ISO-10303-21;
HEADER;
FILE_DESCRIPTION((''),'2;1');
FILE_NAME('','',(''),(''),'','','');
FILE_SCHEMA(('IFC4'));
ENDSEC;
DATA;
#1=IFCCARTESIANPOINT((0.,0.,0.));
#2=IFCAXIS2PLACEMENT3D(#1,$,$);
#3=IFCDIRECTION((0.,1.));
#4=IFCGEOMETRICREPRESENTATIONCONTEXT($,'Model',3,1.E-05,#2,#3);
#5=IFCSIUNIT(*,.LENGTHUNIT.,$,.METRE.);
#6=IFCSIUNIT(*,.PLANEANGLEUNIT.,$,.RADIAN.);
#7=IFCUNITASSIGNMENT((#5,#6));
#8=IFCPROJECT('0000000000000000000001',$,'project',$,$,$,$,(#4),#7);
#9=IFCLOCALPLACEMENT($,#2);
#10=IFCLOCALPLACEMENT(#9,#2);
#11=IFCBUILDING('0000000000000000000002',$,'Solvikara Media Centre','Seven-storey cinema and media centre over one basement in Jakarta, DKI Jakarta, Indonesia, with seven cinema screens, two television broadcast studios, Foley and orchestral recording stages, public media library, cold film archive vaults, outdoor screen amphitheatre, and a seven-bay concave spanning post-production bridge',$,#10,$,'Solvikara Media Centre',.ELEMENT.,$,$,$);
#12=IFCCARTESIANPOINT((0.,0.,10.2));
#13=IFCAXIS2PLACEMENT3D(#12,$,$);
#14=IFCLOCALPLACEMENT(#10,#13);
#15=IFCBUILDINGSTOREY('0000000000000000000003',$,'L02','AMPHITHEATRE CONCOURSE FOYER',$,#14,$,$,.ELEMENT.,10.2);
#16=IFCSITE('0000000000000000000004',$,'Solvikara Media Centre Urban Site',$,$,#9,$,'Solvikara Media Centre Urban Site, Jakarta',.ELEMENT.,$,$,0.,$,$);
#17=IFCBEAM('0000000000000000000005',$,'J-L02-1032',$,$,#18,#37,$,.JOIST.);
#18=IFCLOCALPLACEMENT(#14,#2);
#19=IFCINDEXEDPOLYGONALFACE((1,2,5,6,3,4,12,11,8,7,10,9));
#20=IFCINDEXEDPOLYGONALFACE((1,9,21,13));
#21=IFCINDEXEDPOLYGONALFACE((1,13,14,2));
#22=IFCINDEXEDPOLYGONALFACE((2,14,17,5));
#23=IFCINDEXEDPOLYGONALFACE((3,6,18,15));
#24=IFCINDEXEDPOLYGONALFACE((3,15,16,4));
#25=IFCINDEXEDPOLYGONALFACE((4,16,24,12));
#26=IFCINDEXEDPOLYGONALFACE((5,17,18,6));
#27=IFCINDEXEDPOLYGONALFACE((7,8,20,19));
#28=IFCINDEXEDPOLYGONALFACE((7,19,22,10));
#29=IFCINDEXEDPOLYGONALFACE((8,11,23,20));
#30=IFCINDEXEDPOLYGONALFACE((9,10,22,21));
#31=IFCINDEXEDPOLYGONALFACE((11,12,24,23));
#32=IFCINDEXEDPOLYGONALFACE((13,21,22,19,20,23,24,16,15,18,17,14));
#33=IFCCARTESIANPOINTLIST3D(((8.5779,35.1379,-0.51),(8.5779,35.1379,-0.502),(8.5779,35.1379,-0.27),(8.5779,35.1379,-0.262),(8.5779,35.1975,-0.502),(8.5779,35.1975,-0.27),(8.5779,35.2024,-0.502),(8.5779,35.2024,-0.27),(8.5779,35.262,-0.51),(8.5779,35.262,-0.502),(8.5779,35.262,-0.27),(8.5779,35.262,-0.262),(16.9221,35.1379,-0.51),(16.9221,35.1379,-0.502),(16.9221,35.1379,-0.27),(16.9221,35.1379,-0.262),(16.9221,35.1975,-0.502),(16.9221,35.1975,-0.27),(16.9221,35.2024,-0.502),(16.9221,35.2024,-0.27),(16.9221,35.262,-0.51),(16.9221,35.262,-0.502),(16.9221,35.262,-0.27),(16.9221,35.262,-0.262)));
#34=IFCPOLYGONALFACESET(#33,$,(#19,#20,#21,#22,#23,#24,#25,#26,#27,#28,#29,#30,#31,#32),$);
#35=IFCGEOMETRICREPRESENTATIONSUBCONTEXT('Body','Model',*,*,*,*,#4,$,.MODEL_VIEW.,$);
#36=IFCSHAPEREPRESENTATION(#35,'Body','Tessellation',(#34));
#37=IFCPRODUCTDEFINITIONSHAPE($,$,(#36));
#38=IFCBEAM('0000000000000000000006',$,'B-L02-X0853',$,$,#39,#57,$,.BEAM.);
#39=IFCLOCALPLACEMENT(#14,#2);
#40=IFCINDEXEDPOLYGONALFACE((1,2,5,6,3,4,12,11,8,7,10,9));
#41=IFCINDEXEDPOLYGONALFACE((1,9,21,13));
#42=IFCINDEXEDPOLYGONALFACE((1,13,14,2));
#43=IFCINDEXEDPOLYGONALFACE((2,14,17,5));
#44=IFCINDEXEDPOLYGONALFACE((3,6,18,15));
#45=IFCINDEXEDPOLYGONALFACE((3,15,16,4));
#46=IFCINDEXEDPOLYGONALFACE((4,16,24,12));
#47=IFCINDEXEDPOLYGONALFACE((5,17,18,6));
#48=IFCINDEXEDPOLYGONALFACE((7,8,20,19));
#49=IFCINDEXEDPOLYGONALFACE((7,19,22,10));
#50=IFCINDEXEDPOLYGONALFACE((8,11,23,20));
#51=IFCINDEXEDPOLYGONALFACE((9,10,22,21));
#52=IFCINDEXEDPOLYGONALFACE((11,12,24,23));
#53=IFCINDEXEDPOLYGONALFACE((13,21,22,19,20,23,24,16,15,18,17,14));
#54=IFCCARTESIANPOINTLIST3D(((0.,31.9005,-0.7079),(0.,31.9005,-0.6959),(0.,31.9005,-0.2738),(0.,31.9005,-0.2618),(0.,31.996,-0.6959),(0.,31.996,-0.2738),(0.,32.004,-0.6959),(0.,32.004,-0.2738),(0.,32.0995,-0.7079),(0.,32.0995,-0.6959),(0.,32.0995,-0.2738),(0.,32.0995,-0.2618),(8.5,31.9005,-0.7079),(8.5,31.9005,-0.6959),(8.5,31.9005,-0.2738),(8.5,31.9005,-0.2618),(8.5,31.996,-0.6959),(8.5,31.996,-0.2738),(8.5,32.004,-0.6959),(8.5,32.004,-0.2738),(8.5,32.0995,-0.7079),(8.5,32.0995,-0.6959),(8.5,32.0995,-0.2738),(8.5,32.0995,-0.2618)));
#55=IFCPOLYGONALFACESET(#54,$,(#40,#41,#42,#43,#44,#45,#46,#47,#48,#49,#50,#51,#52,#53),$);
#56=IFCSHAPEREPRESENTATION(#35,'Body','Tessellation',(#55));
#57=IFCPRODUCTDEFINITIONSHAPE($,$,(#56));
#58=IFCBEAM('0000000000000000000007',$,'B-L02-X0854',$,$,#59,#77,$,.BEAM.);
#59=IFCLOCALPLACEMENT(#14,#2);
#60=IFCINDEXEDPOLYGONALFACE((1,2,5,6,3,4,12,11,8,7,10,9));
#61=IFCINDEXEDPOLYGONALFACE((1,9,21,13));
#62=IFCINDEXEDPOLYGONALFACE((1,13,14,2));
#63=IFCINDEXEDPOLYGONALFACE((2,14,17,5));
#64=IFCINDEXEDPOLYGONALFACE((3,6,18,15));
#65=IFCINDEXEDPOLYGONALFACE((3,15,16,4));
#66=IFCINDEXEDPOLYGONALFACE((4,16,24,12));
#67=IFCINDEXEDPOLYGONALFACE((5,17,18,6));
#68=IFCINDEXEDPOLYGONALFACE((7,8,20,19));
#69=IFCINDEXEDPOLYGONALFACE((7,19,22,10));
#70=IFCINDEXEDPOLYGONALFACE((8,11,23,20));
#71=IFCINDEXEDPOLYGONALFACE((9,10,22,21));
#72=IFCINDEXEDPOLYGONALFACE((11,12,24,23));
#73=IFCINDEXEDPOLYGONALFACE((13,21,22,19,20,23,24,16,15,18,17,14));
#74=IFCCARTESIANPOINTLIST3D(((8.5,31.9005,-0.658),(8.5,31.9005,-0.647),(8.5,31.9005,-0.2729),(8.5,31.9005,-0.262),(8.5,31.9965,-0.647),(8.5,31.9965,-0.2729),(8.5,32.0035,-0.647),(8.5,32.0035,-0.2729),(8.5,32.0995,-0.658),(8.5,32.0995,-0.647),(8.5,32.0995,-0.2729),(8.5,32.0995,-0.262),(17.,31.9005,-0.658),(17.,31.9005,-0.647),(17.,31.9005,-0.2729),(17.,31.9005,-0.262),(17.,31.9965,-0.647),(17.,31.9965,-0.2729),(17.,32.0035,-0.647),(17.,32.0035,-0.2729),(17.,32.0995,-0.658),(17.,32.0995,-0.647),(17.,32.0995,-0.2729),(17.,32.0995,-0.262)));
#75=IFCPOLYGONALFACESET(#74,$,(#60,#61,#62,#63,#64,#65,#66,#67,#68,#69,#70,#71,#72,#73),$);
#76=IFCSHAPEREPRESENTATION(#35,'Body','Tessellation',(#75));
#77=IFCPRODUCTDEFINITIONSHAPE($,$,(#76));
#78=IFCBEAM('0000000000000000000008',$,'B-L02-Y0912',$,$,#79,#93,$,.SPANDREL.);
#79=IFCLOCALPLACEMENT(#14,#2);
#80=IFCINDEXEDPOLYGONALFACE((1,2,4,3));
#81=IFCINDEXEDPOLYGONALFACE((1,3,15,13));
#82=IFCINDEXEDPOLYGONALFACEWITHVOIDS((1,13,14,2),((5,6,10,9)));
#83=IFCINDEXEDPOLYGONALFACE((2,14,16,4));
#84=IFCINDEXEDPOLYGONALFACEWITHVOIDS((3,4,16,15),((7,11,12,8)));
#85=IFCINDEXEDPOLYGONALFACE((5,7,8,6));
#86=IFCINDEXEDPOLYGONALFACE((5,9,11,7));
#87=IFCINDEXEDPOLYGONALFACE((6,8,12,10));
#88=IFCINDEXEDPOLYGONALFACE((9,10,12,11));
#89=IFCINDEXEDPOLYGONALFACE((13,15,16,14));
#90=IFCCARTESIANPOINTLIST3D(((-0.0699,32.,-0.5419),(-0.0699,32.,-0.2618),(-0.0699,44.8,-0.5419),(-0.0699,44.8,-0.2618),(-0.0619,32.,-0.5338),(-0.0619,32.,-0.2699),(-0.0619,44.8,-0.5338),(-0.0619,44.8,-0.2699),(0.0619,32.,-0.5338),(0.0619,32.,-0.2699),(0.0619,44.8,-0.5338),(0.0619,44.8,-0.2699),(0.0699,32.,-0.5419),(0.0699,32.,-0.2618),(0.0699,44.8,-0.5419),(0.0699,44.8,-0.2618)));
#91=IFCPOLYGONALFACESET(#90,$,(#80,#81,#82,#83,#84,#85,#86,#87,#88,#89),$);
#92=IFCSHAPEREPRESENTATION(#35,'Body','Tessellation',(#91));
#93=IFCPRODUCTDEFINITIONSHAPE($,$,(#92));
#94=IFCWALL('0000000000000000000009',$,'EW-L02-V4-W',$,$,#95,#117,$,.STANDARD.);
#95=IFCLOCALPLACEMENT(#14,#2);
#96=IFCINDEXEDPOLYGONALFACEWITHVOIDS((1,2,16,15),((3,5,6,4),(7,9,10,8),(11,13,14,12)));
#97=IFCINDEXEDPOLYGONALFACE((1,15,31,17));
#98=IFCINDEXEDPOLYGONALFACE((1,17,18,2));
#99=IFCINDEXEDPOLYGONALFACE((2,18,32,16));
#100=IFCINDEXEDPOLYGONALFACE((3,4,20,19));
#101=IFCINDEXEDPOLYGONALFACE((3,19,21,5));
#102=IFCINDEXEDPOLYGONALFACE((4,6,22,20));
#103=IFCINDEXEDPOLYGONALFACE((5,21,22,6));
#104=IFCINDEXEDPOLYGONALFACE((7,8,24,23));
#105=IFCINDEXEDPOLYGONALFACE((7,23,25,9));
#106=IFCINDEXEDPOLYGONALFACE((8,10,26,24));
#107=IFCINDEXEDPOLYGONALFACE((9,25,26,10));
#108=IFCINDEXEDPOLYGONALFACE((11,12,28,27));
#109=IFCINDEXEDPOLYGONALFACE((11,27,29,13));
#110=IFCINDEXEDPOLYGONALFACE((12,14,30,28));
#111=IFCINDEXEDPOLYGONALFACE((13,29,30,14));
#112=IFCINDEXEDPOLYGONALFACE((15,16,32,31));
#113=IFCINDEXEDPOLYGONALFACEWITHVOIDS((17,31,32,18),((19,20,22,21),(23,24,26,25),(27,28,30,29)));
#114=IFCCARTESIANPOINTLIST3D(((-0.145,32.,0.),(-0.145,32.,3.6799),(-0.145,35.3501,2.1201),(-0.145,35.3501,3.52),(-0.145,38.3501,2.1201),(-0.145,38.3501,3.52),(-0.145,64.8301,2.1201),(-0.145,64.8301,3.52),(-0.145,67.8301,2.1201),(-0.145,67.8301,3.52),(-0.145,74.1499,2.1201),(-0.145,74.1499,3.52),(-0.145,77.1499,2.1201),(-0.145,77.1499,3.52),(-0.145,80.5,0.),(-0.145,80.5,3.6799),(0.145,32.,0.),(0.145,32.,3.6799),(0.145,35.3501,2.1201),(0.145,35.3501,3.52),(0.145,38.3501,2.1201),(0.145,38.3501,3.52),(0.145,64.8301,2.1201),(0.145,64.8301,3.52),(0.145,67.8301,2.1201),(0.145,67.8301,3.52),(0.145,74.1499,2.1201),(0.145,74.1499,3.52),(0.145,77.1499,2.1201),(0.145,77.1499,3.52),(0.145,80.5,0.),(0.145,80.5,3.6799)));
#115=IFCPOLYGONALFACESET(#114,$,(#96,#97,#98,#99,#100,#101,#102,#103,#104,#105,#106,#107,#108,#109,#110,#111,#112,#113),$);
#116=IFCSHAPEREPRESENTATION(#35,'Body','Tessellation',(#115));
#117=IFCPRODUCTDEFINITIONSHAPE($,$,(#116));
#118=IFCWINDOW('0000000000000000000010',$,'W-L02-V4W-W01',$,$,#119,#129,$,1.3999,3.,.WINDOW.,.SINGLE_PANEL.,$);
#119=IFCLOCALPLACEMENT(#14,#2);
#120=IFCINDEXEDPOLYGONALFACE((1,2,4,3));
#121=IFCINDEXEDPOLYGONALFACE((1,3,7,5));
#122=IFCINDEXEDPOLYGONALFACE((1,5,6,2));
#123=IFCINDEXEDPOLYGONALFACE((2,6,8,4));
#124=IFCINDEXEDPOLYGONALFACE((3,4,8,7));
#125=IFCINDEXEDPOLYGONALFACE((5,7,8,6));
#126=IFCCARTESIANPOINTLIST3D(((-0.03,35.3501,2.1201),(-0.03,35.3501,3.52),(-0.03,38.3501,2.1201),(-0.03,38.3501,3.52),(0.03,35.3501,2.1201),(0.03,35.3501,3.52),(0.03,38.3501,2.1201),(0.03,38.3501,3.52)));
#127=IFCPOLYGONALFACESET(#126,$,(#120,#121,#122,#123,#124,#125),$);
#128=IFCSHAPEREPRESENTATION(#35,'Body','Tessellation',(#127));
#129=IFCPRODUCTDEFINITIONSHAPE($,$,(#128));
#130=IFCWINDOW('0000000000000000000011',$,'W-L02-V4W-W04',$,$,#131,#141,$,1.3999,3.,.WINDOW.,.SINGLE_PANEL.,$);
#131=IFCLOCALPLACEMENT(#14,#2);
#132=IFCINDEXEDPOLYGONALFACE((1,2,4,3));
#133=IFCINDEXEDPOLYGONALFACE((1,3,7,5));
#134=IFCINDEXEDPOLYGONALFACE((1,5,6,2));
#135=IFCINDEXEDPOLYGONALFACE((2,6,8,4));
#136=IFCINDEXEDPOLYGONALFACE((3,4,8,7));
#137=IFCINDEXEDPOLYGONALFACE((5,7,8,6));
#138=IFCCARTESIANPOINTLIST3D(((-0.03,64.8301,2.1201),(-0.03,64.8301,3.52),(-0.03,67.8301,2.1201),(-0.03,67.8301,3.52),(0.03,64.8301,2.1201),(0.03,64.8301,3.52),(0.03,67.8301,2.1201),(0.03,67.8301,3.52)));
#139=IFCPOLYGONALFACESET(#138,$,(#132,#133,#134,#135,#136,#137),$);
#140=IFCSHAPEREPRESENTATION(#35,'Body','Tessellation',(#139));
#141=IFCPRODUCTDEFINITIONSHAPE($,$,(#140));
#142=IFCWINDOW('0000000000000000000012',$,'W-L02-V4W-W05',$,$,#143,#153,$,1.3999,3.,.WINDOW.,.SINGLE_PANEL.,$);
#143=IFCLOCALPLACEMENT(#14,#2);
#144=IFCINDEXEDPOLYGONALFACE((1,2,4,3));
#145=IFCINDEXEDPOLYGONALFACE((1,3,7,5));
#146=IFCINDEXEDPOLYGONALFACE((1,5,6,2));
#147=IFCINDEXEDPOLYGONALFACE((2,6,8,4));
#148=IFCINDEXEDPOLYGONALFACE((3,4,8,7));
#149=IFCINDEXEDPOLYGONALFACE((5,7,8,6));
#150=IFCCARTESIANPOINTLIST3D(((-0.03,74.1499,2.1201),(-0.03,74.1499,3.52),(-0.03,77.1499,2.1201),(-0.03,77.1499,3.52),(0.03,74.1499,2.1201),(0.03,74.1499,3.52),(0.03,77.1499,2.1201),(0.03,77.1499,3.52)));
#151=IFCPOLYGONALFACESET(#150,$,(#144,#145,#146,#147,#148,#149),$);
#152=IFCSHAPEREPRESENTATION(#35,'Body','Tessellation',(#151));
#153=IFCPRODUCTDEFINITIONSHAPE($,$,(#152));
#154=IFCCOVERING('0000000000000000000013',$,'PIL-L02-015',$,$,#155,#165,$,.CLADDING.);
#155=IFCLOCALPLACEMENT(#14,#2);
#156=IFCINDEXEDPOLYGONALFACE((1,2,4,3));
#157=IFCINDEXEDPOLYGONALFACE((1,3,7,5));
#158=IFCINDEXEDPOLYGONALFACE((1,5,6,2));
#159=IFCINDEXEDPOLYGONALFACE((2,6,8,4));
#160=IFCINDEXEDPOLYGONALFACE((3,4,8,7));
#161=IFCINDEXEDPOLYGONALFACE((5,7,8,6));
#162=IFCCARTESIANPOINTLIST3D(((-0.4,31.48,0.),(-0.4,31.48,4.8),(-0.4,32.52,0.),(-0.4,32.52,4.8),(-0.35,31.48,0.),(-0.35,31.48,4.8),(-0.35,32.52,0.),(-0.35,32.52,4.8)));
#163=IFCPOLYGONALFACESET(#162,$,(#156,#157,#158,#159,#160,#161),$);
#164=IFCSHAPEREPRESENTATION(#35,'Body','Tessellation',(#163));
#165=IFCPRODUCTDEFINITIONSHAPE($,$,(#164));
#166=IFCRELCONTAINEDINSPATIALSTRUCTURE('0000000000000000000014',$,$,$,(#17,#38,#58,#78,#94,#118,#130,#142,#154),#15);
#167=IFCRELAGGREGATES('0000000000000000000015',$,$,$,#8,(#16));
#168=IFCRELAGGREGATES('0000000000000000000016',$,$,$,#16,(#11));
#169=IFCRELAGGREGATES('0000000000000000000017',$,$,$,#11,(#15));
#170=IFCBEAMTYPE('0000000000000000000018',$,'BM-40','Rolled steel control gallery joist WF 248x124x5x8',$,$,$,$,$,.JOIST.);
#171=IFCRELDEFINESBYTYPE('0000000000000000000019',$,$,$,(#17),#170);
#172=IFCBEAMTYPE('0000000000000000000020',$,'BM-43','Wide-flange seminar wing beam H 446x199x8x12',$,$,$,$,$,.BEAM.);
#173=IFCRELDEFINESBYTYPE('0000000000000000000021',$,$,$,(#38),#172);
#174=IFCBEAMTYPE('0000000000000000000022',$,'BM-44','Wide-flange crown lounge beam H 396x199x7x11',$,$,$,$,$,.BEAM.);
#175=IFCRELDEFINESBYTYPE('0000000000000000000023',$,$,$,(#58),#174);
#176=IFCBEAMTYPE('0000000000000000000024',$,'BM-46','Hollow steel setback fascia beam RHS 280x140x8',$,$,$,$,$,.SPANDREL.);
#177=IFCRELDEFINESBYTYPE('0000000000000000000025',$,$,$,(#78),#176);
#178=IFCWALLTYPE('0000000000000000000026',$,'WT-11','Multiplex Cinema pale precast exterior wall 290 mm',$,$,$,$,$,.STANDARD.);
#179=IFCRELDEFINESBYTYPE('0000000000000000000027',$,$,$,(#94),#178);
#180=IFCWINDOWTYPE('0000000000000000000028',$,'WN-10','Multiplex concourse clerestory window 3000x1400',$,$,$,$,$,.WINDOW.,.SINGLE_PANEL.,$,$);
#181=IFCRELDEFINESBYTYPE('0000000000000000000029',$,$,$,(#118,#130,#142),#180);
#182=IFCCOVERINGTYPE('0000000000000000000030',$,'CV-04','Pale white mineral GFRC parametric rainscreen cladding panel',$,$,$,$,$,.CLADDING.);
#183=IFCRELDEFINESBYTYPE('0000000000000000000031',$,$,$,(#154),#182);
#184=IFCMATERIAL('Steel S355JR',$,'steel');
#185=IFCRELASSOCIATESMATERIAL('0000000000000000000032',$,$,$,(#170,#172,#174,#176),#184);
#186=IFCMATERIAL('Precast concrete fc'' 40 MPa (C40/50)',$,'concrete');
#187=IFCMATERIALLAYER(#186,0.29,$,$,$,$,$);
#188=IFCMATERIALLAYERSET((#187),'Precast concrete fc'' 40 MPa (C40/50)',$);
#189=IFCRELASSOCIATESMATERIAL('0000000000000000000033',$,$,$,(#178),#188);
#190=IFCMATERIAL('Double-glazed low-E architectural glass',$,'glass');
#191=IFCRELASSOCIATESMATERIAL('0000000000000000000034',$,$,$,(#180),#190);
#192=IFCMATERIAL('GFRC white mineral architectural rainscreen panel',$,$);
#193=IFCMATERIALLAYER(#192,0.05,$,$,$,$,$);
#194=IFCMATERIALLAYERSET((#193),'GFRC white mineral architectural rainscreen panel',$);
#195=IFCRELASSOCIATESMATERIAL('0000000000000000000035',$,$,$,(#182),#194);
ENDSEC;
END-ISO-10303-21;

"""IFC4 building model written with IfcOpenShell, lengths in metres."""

from ifc_helpers import new_model, si_unit, direction, frame, frame_2d, origin, origin_2d, place, context, subcontext, project, spatial, rectangle, hollow_rectangle, i_section, extrude, material, layer, layer_set, material_profile, profile_set, type_object, element, fill, save


model = new_model("IFC4")

# Units and contexts
model_context = context("Model", 3, precision=1e-05, world=origin(), true_north=direction((0.0, 1.0)))
body_context = subcontext(model_context, "Body", "Model", "MODEL_VIEW")
ifc_project = project(units=[si_unit("LENGTHUNIT", "METRE"), si_unit("PLANEANGLEUNIT", "RADIAN")], contexts=[model_context])

# Site, building, storey
site_placement = place(None, origin())
site = spatial("IfcSite", under=ifc_project, at=site_placement, Name="Solvikara Media Centre Urban Site", LongName="Solvikara Media Centre Urban Site, Jakarta", CompositionType="ELEMENT", RefElevation=0.0)
building_placement = place(site_placement, origin())
building = spatial("IfcBuilding", under=site, at=building_placement, Name="Solvikara Media Centre", Description="Seven-storey cinema and media centre over one basement in Jakarta, DKI Jakarta, Indonesia, with seven cinema screens, two television broadcast studios, Foley and orchestral recording stages, public media library, cold film archive vaults, outdoor screen amphitheatre, and a seven-bay concave spanning post-production bridge", LongName="Solvikara Media Centre", CompositionType="ELEMENT")
storey_placement = place(building_placement, frame((0.0, 0.0, 10.2)))
storey = spatial("IfcBuildingStorey", under=building, at=storey_placement, Name="L02", Description="AMPHITHEATRE CONCOURSE FOYER", CompositionType="ELEMENT", Elevation=10.2)

# Beams
ifc_material_1 = material(Name="Steel S355JR", Category="steel")
ifc_material_profile_1 = material_profile(ifc_material_1, i_section(OverallWidth=0.124, OverallDepth=0.248, WebThickness=0.0049, FlangeThickness=0.0081, at=origin_2d()), Name="WF 248x124x5x8")
ifc_profile_set_1 = profile_set([ifc_material_profile_1], Name="Steel S355JR")
beam_type_1 = type_object("IfcBeamType", Name="BM-40", Description="Rolled steel control gallery joist WF 248x124x5x8", PredefinedType="JOIST", material=ifc_profile_set_1)
beam_1_placement = place(storey_placement, frame((8.5779, 35.2, -0.386), z_axis=(1.0, 0.0, 0.0), x_axis=(0.0, 1.0, 0.0)))
element("IfcBeam", 1, at=beam_1_placement, inside=storey, type_object=beam_type_1, Name="J-L02-1032", PredefinedType="JOIST", context=body_context, shape_type="SweptSolid", body=[
    extrude(i_section(OverallWidth=0.124, OverallDepth=0.248, WebThickness=0.0049, FlangeThickness=0.0081, at=origin_2d()), origin(), (0.0, 0.0, 1.0), 8.3442),
])
ifc_material_profile_2 = material_profile(ifc_material_1, i_section(OverallWidth=0.199, OverallDepth=0.446, WebThickness=0.0081, FlangeThickness=0.012, at=origin_2d()), Name="H 446x199x8x12")
ifc_profile_set_2 = profile_set([ifc_material_profile_2], Name="Steel S355JR")
beam_type_2 = type_object("IfcBeamType", Name="BM-43", Description="Wide-flange seminar wing beam H 446x199x8x12", PredefinedType="BEAM", material=ifc_profile_set_2)
beam_2_placement = place(storey_placement, frame((0.0, 32.0, -0.4849), z_axis=(1.0, 0.0, 0.0), x_axis=(0.0, 1.0, 0.0)))
element("IfcBeam", 2, at=beam_2_placement, inside=storey, type_object=beam_type_2, Name="B-L02-X0853", PredefinedType="BEAM", context=body_context, shape_type="SweptSolid", body=[
    extrude(i_section(OverallWidth=0.199, OverallDepth=0.446, WebThickness=0.0081, FlangeThickness=0.012, at=origin_2d()), origin(), (0.0, 0.0, 1.0), 8.5),
])
ifc_material_profile_3 = material_profile(ifc_material_1, i_section(OverallWidth=0.199, OverallDepth=0.396, WebThickness=0.0071, FlangeThickness=0.011, at=origin_2d()), Name="H 396x199x7x11")
ifc_profile_set_3 = profile_set([ifc_material_profile_3], Name="Steel S355JR")
beam_type_3 = type_object("IfcBeamType", Name="BM-44", Description="Wide-flange crown lounge beam H 396x199x7x11", PredefinedType="BEAM", material=ifc_profile_set_3)
beam_3_placement = place(storey_placement, frame((8.5, 32.0, -0.46), z_axis=(1.0, 0.0, 0.0), x_axis=(0.0, 1.0, 0.0)))
element("IfcBeam", 3, at=beam_3_placement, inside=storey, type_object=beam_type_3, Name="B-L02-X0854", PredefinedType="BEAM", context=body_context, shape_type="SweptSolid", body=[
    extrude(i_section(OverallWidth=0.199, OverallDepth=0.396, WebThickness=0.0071, FlangeThickness=0.011, at=origin_2d()), origin(), (0.0, 0.0, 1.0), 8.5),
])
ifc_material_profile_4 = material_profile(ifc_material_1, hollow_rectangle(XDim=0.1399, YDim=0.28, WallThickness=0.0081, at=origin_2d()), Name="RHS 280x140x8")
ifc_profile_set_4 = profile_set([ifc_material_profile_4], Name="Steel S355JR")
beam_type_4 = type_object("IfcBeamType", Name="BM-46", Description="Hollow steel setback fascia beam RHS 280x140x8", PredefinedType="SPANDREL", material=ifc_profile_set_4)
beam_4_placement = place(storey_placement, frame((0.0, 32.0, -0.4019), z_axis=(0.0, 1.0, 0.0), x_axis=(-1.0, 0.0, 0.0)))
element("IfcBeam", 4, at=beam_4_placement, inside=storey, type_object=beam_type_4, Name="B-L02-Y0912", PredefinedType="SPANDREL", context=body_context, shape_type="SweptSolid", body=[
    extrude(hollow_rectangle(XDim=0.1399, YDim=0.28, WallThickness=0.0081, at=origin_2d()), origin(), (0.0, 0.0, 1.0), 12.8),
])

# Wall, openings, windows
ifc_material_2 = material(Name="Precast concrete fc' 40 MPa (C40/50)", Category="concrete")
ifc_layer_1 = layer(ifc_material_2, 0.29)
ifc_layer_set_1 = layer_set([ifc_layer_1], Name="Precast concrete fc' 40 MPa (C40/50)")
wall_type = type_object("IfcWallType", Name="WT-11", Description="Multiplex Cinema pale precast exterior wall 290 mm", PredefinedType="STANDARD", material=ifc_layer_set_1)
wall_placement = place(storey_placement, frame((0.0, 32.0, 0.0), z_axis=(0.0, 0.0, 1.0), x_axis=(0.0, 1.0, 0.0)))
wall = element("IfcWall", 5, at=wall_placement, inside=storey, type_object=wall_type, Name="EW-L02-V4-W", PredefinedType="STANDARD", context=body_context, shape_type="SweptSolid", body=[
    extrude(rectangle(XDim=48.5, YDim=0.29, at=frame_2d((24.25, 0.0))), origin(), (0.0, 0.0, 1.0), 3.6799),
])
opening_1_placement = place(wall_placement, frame((3.3501, 0.0, 2.1201)))
opening_1 = element("IfcOpeningElement", 6, at=opening_1_placement, cuts=wall, PredefinedType="OPENING", context=body_context, shape_type="SweptSolid", body=[
    extrude(rectangle(XDim=3.0, YDim=1.3999, at=frame_2d((1.5, 0.7))), frame((0.0, 0.157, 0.0), z_axis=(0.0, -1.0, 0.0), x_axis=(1.0, 0.0, 0.0)), (0.0, 0.0, 1.0), 0.314),
])
opening_2_placement = place(wall_placement, frame((32.8301, 0.0, 2.1201)))
opening_2 = element("IfcOpeningElement", 7, at=opening_2_placement, cuts=wall, PredefinedType="OPENING", context=body_context, shape_type="SweptSolid", body=[
    extrude(rectangle(XDim=3.0, YDim=1.3999, at=frame_2d((1.5, 0.7))), frame((0.0, 0.157, 0.0), z_axis=(0.0, -1.0, 0.0), x_axis=(1.0, 0.0, 0.0)), (0.0, 0.0, 1.0), 0.314),
])
opening_3_placement = place(wall_placement, frame((42.1499, 0.0, 2.1201)))
opening_3 = element("IfcOpeningElement", 8, at=opening_3_placement, cuts=wall, PredefinedType="OPENING", context=body_context, shape_type="SweptSolid", body=[
    extrude(rectangle(XDim=3.0, YDim=1.3999, at=frame_2d((1.5, 0.7))), frame((0.0, 0.157, 0.0), z_axis=(0.0, -1.0, 0.0), x_axis=(1.0, 0.0, 0.0)), (0.0, 0.0, 1.0), 0.314),
])
ifc_material_3 = material(Name="Double-glazed low-E architectural glass", Category="glass")
window_type = type_object("IfcWindowType", Name="WN-10", Description="Multiplex concourse clerestory window 3000x1400", PartitioningType="SINGLE_PANEL", PredefinedType="WINDOW", material=ifc_material_3)
window_1_placement = place(opening_1_placement, origin())
window_1 = element("IfcWindow", 9, at=window_1_placement, inside=storey, type_object=window_type, Name="W-L02-V4W-W01", OverallHeight=1.3999, OverallWidth=3.0, PartitioningType="SINGLE_PANEL", PredefinedType="WINDOW", context=body_context, shape_type="SweptSolid", body=[
    extrude(rectangle(XDim=3.0, YDim=1.3999, at=frame_2d((1.5, 0.7))), frame((0.0, 0.03, 0.0), z_axis=(0.0, -1.0, 0.0), x_axis=(1.0, 0.0, 0.0)), (0.0, 0.0, 1.0), 0.0601),
])
fill(opening_1, window_1)
window_2_placement = place(opening_2_placement, origin())
window_2 = element("IfcWindow", 10, at=window_2_placement, inside=storey, type_object=window_type, Name="W-L02-V4W-W04", OverallHeight=1.3999, OverallWidth=3.0, PartitioningType="SINGLE_PANEL", PredefinedType="WINDOW", context=body_context, shape_type="SweptSolid", body=[
    extrude(rectangle(XDim=3.0, YDim=1.3999, at=frame_2d((1.5, 0.7))), frame((0.0, 0.03, 0.0), z_axis=(0.0, -1.0, 0.0), x_axis=(1.0, 0.0, 0.0)), (0.0, 0.0, 1.0), 0.0601),
])
fill(opening_2, window_2)
window_3_placement = place(opening_3_placement, origin())
window_3 = element("IfcWindow", 11, at=window_3_placement, inside=storey, type_object=window_type, Name="W-L02-V4W-W05", OverallHeight=1.3999, OverallWidth=3.0, PartitioningType="SINGLE_PANEL", PredefinedType="WINDOW", context=body_context, shape_type="SweptSolid", body=[
    extrude(rectangle(XDim=3.0, YDim=1.3999, at=frame_2d((1.5, 0.7))), frame((0.0, 0.03, 0.0), z_axis=(0.0, -1.0, 0.0), x_axis=(1.0, 0.0, 0.0)), (0.0, 0.0, 1.0), 0.0601),
])
fill(opening_3, window_3)

# Covering
ifc_material_4 = material(Name="GFRC white mineral architectural rainscreen panel")
ifc_layer_2 = layer(ifc_material_4, 0.05)
ifc_layer_set_2 = layer_set([ifc_layer_2], Name="GFRC white mineral architectural rainscreen panel")
covering_type = type_object("IfcCoveringType", Name="CV-04", Description="Pale white mineral GFRC parametric rainscreen cladding panel", PredefinedType="CLADDING", material=ifc_layer_set_2)
covering_1_placement = place(storey_placement, frame((-0.375, 32.0, 0.0), z_axis=(0.0, 0.0, 1.0), x_axis=(0.0, -1.0, 0.0)))
element("IfcCovering", 12, at=covering_1_placement, inside=storey, type_object=covering_type, Name="PIL-L02-015", PredefinedType="CLADDING", context=body_context, shape_type="SweptSolid", body=[
    extrude(rectangle(XDim=1.04, YDim=0.05, at=origin_2d()), origin(), (0.0, 0.0, 1.0), 4.8),
])

save(model, "model.ifc")
